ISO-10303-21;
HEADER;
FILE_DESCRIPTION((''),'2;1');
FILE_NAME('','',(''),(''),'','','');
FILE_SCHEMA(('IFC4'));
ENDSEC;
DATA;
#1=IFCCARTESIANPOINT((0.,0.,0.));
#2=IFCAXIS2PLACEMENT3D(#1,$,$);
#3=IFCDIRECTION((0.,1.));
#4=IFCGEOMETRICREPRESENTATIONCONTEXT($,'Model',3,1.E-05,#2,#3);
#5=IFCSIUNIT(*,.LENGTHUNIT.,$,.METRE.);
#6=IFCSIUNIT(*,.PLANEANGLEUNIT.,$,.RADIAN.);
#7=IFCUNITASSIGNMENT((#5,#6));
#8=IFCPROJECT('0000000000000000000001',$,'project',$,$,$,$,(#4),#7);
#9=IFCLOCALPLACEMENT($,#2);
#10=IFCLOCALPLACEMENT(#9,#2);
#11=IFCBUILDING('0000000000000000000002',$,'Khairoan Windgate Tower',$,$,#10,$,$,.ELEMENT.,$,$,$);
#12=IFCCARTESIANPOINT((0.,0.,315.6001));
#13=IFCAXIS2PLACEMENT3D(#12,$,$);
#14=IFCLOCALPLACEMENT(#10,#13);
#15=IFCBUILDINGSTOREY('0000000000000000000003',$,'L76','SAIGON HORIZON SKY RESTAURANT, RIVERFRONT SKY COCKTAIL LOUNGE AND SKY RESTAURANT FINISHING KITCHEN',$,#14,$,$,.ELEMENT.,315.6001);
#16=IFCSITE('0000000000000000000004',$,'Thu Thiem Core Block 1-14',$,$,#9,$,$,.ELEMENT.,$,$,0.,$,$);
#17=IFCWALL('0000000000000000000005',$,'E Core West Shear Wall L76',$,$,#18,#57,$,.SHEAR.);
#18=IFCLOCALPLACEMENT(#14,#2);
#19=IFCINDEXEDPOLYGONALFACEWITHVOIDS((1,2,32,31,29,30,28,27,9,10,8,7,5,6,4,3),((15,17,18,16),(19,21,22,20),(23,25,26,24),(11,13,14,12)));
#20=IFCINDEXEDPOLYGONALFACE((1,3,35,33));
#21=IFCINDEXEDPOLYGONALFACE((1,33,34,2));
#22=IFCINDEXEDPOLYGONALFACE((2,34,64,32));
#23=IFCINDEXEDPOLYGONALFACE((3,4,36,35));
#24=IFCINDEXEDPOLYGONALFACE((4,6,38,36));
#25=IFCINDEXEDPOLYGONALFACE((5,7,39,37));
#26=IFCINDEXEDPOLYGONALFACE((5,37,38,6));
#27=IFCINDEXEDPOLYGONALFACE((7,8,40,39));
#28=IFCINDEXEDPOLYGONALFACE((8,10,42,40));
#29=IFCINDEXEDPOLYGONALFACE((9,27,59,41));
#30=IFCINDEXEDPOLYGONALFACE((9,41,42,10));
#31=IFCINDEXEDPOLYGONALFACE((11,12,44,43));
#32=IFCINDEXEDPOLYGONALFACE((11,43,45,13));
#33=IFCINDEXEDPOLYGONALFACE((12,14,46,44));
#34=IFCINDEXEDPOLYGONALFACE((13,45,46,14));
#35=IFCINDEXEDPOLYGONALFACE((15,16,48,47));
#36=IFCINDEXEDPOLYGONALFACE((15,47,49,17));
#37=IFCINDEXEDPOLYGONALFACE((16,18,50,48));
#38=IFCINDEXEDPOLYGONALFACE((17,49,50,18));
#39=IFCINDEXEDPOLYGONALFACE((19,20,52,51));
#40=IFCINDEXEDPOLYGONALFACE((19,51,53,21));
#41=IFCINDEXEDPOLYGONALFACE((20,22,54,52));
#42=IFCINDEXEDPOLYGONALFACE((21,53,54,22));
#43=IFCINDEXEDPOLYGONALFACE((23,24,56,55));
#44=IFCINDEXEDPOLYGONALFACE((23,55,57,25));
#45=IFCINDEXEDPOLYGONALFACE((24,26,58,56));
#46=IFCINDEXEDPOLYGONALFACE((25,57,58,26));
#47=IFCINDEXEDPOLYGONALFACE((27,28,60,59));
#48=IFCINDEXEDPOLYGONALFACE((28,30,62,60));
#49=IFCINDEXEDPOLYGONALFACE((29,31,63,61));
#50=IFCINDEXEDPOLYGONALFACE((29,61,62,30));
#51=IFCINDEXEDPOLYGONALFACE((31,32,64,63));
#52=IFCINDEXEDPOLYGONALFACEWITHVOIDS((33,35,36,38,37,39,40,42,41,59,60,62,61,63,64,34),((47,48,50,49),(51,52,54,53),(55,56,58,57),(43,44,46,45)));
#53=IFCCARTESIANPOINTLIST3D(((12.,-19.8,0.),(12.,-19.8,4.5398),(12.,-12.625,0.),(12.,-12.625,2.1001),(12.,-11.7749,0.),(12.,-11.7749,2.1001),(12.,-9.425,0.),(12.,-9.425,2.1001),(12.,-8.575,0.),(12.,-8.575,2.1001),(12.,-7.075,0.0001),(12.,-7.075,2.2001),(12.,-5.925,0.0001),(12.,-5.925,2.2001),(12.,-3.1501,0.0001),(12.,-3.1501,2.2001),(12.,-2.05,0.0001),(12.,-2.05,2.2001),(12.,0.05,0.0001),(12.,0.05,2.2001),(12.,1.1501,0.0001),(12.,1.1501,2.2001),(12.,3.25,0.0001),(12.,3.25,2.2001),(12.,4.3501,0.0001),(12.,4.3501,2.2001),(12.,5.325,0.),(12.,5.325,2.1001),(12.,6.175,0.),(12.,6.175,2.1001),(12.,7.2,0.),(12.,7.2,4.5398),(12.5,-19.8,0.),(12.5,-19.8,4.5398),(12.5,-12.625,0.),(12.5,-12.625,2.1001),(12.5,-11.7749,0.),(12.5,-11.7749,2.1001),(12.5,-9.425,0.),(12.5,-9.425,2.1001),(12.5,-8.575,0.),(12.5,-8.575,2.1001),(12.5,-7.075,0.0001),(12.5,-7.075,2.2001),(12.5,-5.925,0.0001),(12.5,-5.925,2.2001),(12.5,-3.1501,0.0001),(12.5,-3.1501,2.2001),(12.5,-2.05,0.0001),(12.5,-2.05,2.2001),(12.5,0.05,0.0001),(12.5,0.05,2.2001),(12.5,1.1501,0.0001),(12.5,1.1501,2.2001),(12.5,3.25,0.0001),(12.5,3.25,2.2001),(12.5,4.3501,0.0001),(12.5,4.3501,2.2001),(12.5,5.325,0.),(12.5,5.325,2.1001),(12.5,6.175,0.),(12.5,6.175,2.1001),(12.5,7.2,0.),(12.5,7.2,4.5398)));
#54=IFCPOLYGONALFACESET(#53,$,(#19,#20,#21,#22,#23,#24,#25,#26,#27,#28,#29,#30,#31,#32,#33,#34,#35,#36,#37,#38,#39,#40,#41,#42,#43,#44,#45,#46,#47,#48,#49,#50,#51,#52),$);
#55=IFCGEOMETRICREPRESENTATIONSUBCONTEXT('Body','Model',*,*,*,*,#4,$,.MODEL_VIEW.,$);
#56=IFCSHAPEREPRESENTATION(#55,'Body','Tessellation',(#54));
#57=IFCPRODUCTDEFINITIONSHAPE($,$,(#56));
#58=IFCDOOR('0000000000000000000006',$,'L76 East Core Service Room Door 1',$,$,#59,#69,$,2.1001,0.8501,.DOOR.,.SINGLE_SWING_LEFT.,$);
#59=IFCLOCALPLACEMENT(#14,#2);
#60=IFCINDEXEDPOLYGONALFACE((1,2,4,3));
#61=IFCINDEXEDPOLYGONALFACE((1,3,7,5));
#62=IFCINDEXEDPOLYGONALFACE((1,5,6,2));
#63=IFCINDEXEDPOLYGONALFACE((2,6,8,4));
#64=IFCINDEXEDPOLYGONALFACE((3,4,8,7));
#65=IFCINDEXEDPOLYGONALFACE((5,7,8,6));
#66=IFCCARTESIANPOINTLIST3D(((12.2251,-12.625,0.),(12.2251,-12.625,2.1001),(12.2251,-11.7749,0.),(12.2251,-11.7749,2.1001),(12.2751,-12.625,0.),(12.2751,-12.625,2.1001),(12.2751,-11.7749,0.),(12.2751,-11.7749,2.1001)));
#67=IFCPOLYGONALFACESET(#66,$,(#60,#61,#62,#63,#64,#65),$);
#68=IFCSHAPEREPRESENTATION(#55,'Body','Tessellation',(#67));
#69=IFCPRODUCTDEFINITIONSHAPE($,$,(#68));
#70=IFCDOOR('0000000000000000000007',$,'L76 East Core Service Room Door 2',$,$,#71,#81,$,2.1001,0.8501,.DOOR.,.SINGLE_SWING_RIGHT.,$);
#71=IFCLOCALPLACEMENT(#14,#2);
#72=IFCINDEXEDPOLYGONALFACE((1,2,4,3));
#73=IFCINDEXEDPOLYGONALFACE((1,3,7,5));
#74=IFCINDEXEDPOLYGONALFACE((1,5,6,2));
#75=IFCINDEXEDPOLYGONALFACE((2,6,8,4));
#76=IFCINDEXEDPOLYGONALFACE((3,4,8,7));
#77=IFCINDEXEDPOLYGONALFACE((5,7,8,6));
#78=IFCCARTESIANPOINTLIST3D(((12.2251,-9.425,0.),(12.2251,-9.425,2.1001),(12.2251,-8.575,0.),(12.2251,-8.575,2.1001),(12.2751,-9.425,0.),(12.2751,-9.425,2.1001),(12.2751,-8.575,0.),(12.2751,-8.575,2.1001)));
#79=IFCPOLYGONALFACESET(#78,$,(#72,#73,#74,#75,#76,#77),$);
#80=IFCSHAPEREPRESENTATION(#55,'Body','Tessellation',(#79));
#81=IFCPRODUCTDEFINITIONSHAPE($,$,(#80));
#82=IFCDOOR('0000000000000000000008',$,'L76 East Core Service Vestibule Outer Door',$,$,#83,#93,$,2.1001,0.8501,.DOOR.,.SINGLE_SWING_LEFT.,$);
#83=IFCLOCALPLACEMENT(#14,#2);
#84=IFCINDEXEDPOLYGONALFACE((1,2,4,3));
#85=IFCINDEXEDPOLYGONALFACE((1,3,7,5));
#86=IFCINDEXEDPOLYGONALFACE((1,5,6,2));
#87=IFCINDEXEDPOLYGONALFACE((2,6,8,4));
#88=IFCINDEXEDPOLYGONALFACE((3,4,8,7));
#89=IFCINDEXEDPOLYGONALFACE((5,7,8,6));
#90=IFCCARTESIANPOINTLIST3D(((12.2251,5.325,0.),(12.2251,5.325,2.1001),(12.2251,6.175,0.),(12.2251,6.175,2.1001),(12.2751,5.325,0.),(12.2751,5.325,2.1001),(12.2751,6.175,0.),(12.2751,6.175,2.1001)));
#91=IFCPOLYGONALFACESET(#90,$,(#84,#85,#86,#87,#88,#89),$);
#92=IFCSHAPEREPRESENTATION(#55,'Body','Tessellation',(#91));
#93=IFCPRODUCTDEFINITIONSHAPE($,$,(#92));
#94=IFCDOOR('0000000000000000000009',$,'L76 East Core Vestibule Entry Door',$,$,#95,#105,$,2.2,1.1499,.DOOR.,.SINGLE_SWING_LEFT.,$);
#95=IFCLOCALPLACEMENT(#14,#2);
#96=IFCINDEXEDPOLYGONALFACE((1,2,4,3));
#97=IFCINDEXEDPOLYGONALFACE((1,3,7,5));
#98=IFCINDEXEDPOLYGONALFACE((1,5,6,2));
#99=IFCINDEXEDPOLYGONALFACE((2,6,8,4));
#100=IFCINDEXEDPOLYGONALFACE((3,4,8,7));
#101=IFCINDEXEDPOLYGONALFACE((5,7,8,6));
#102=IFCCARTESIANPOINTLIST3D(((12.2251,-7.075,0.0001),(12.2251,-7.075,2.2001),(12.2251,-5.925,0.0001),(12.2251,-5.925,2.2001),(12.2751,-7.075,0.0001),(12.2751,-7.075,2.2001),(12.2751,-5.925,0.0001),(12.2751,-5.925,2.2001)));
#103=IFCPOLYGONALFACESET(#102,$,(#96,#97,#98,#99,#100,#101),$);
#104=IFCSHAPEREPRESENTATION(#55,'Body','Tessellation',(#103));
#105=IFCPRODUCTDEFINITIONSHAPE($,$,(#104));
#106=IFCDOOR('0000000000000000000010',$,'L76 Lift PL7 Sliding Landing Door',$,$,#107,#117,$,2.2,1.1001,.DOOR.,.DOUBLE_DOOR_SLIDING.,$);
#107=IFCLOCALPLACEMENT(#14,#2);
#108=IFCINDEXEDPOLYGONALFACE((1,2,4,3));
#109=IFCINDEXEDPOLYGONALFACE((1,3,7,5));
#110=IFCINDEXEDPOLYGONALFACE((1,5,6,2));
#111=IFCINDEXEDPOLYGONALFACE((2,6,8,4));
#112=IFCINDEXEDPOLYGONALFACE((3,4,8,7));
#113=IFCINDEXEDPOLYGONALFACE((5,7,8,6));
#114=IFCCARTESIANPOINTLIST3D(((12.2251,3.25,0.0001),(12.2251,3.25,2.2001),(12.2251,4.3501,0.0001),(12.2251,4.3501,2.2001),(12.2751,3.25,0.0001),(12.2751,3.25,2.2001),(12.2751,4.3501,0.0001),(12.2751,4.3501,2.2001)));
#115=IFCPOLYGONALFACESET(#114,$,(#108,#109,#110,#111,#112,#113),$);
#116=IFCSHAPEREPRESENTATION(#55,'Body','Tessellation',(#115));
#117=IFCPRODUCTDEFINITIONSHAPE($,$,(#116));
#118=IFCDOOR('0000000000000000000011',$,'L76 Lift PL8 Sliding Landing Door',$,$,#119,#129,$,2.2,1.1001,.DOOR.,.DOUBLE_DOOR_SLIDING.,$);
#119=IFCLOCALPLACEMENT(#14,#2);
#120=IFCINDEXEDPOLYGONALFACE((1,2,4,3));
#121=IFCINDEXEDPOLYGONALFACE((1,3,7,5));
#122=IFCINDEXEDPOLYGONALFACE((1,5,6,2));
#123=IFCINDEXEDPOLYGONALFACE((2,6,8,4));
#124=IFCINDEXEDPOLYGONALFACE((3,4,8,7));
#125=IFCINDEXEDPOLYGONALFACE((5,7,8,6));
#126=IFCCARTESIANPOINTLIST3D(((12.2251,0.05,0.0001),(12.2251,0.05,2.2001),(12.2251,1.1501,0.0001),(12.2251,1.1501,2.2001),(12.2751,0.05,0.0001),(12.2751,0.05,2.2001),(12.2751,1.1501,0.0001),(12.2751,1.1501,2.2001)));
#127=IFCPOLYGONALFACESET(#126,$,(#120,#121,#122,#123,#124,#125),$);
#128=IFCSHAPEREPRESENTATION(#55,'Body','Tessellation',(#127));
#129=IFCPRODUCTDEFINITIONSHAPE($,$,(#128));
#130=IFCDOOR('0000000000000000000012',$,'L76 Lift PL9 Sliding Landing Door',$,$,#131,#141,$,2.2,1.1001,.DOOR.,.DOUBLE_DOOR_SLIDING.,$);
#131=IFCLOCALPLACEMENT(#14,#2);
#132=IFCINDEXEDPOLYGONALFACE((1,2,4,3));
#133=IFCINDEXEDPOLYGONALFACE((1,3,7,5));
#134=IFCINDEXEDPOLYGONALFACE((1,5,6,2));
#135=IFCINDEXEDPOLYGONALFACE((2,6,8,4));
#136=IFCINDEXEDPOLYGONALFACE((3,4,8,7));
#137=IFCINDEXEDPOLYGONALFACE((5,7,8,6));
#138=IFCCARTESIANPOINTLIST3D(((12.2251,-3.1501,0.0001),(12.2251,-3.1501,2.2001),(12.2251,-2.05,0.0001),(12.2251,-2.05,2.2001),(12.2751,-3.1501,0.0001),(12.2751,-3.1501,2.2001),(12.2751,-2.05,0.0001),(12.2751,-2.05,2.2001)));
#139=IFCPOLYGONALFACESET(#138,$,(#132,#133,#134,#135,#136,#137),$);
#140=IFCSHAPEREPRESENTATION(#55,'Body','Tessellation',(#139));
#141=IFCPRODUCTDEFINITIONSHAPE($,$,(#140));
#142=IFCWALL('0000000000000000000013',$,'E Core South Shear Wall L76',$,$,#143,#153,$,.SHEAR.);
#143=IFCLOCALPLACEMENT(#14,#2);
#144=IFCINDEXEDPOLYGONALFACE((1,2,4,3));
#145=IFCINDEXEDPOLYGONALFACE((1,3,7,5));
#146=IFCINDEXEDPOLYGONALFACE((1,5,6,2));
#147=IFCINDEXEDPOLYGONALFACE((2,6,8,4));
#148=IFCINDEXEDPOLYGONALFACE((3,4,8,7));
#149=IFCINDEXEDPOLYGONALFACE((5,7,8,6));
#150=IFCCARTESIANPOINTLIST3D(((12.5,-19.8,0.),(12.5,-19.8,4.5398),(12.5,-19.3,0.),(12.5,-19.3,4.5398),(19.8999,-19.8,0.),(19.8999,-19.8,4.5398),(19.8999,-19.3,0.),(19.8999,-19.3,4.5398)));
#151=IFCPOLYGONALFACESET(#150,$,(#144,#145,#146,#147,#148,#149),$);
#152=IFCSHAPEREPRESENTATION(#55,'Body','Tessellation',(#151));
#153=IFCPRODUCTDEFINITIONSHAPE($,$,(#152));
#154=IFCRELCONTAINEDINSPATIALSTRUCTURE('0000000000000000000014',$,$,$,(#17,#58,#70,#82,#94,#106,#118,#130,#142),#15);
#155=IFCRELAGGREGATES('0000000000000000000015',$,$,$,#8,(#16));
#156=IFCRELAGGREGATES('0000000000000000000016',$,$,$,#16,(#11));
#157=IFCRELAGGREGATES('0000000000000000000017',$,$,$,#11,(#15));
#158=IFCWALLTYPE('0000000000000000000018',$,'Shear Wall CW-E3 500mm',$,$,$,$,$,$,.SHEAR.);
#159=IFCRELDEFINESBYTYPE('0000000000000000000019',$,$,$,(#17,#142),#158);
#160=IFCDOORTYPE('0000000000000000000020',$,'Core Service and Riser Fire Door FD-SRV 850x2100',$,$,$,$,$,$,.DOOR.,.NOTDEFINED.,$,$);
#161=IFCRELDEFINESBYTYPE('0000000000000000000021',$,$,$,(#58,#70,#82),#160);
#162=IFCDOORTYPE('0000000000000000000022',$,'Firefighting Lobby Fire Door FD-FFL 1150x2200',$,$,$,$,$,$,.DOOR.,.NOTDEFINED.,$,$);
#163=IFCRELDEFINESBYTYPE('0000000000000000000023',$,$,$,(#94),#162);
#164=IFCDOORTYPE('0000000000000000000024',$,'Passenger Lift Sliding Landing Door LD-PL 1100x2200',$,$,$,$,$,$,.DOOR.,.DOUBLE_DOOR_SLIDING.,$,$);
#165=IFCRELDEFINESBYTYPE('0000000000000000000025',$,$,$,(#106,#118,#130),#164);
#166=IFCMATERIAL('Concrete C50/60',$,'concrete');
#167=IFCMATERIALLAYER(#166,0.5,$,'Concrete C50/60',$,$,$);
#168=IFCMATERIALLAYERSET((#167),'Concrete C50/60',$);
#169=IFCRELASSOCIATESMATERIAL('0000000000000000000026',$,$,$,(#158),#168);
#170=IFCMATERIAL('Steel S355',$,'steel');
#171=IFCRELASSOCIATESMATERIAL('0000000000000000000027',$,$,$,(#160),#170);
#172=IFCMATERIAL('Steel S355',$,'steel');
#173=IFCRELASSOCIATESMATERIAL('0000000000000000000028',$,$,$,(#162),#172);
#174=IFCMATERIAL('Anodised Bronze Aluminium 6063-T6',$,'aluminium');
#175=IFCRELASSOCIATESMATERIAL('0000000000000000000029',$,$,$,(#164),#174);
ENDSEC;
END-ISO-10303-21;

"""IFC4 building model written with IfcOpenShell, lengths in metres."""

from ifc_helpers import new_model, si_unit, direction, frame, frame_2d, origin, place, context, subcontext, project, spatial, rectangle, extrude, material, layer, layer_set, type_object, element, fill, save


model = new_model("IFC4")

# Units and contexts
model_context = context("Model", 3, precision=1e-05, world=origin(), true_north=direction((0.0, 1.0)))
body_context = subcontext(model_context, "Body", "Model", "MODEL_VIEW")
ifc_project = project(units=[si_unit("LENGTHUNIT", "METRE"), si_unit("PLANEANGLEUNIT", "RADIAN")], contexts=[model_context])

# Site, building, storey
site_placement = place(None, origin())
site = spatial("IfcSite", under=ifc_project, at=site_placement, Name="Thu Thiem Core Block 1-14", CompositionType="ELEMENT", RefElevation=0.0)
building_placement = place(site_placement, origin())
building = spatial("IfcBuilding", under=site, at=building_placement, Name="Khairoan Windgate Tower", CompositionType="ELEMENT")
storey_placement = place(building_placement, frame((0.0, 0.0, 315.6001)))
storey = spatial("IfcBuildingStorey", under=building, at=storey_placement, Name="L76", Description="SAIGON HORIZON SKY RESTAURANT, RIVERFRONT SKY COCKTAIL LOUNGE AND SKY RESTAURANT FINISHING KITCHEN", CompositionType="ELEMENT", Elevation=315.6001)

# Wall, openings, doors
ifc_material_1 = material(Name="Concrete C50/60", Category="concrete")
ifc_layer_1 = layer(ifc_material_1, 0.5, Name="Concrete C50/60")
ifc_layer_set_1 = layer_set([ifc_layer_1], Name="Concrete C50/60")
wall_type_1 = type_object("IfcWallType", Name="Shear Wall CW-E3 500mm", PredefinedType="SHEAR", material=ifc_layer_set_1)
wall_1_placement = place(storey_placement, frame((12.25, -19.8, 0.0), z_axis=(0.0, 0.0, 1.0), x_axis=(0.0, 1.0, 0.0)))
wall_1 = element("IfcWall", 1, at=wall_1_placement, inside=storey, type_object=wall_type_1, Name="E Core West Shear Wall L76", PredefinedType="SHEAR", context=body_context, shape_type="SweptSolid", body=[
    extrude(rectangle(XDim=27.0, YDim=0.5, at=frame_2d((13.5, 0.0))), origin(), (0.0, 0.0, 1.0), 4.5398),
])
opening_1_placement = place(wall_1_placement, frame((23.05, 0.0, 0.0)))
opening_1 = element("IfcOpeningElement", 2, at=opening_1_placement, cuts=wall_1, PredefinedType="OPENING", context=body_context, shape_type="SweptSolid", body=[
    extrude(rectangle(XDim=1.1001, YDim=2.2, at=frame_2d((0.55, 1.1001))), frame((0.0, 0.26, 0.0), z_axis=(0.0, -1.0, 0.0), x_axis=(1.0, 0.0, 0.0)), (0.0, 0.0, 1.0), 0.52),
])
opening_2_placement = place(wall_1_placement, frame((19.8501, 0.0, 0.0)))
opening_2 = element("IfcOpeningElement", 3, at=opening_2_placement, cuts=wall_1, PredefinedType="OPENING", context=body_context, shape_type="SweptSolid", body=[
    extrude(rectangle(XDim=1.1001, YDim=2.2, at=frame_2d((0.55, 1.1001))), frame((0.0, 0.26, 0.0), z_axis=(0.0, -1.0, 0.0), x_axis=(1.0, 0.0, 0.0)), (0.0, 0.0, 1.0), 0.52),
])
opening_3_placement = place(wall_1_placement, frame((16.6499, 0.0, 0.0)))
opening_3 = element("IfcOpeningElement", 4, at=opening_3_placement, cuts=wall_1, PredefinedType="OPENING", context=body_context, shape_type="SweptSolid", body=[
    extrude(rectangle(XDim=1.1001, YDim=2.2, at=frame_2d((0.55, 1.1001))), frame((0.0, 0.26, 0.0), z_axis=(0.0, -1.0, 0.0), x_axis=(1.0, 0.0, 0.0)), (0.0, 0.0, 1.0), 0.52),
])
opening_4_placement = place(wall_1_placement, frame((7.175, 0.0, 0.0)))
opening_4 = element("IfcOpeningElement", 5, at=opening_4_placement, cuts=wall_1, PredefinedType="OPENING", context=body_context, shape_type="SweptSolid", body=[
    extrude(rectangle(XDim=0.8501, YDim=2.1001, at=frame_2d((0.425, 1.05))), frame((0.0, 0.26, 0.0), z_axis=(0.0, -1.0, 0.0), x_axis=(1.0, 0.0, 0.0)), (0.0, 0.0, 1.0), 0.52),
])
opening_5_placement = place(wall_1_placement, frame((10.375, 0.0, 0.0)))
opening_5 = element("IfcOpeningElement", 6, at=opening_5_placement, cuts=wall_1, PredefinedType="OPENING", context=body_context, shape_type="SweptSolid", body=[
    extrude(rectangle(XDim=0.8501, YDim=2.1001, at=frame_2d((0.425, 1.05))), frame((0.0, 0.26, 0.0), z_axis=(0.0, -1.0, 0.0), x_axis=(1.0, 0.0, 0.0)), (0.0, 0.0, 1.0), 0.52),
])
opening_6_placement = place(wall_1_placement, frame((12.7251, 0.0, 0.0)))
opening_6 = element("IfcOpeningElement", 7, at=opening_6_placement, cuts=wall_1, PredefinedType="OPENING", context=body_context, shape_type="SweptSolid", body=[
    extrude(rectangle(XDim=1.1499, YDim=2.2, at=frame_2d((0.575, 1.1001))), frame((0.0, 0.26, 0.0), z_axis=(0.0, -1.0, 0.0), x_axis=(1.0, 0.0, 0.0)), (0.0, 0.0, 1.0), 0.52),
])
opening_7_placement = place(wall_1_placement, frame((25.125, 0.0, 0.0)))
opening_7 = element("IfcOpeningElement", 8, at=opening_7_placement, cuts=wall_1, PredefinedType="OPENING", context=body_context, shape_type="SweptSolid", body=[
    extrude(rectangle(XDim=0.8501, YDim=2.1001, at=frame_2d((0.425, 1.05))), frame((0.0, 0.26, 0.0), z_axis=(0.0, -1.0, 0.0), x_axis=(1.0, 0.0, 0.0)), (0.0, 0.0, 1.0), 0.52),
])
ifc_material_2 = material(Name="Steel S355", Category="steel")
door_type_1 = type_object("IfcDoorType", Name="Core Service and Riser Fire Door FD-SRV 850x2100", OperationType="NOTDEFINED", PredefinedType="DOOR", material=ifc_material_2)
door_1_placement = place(opening_4_placement, origin())
door_1 = element("IfcDoor", 9, at=door_1_placement, inside=storey, type_object=door_type_1, Name="L76 East Core Service Room Door 1", OperationType="SINGLE_SWING_LEFT", OverallHeight=2.1001, OverallWidth=0.8501, PredefinedType="DOOR", context=body_context, shape_type="SweptSolid", body=[
    extrude(rectangle(XDim=0.8501, YDim=2.1001, at=frame_2d((0.425, 1.05))), frame((0.0, 0.0249, 0.0), z_axis=(0.0, -1.0, 0.0), x_axis=(1.0, 0.0, 0.0)), (0.0, 0.0, 1.0), 0.05),
])
fill(opening_4, door_1)
door_2_placement = place(opening_5_placement, origin())
door_2 = element("IfcDoor", 10, at=door_2_placement, inside=storey, type_object=door_type_1, Name="L76 East Core Service Room Door 2", OperationType="SINGLE_SWING_RIGHT", OverallHeight=2.1001, OverallWidth=0.8501, PredefinedType="DOOR", context=body_context, shape_type="SweptSolid", body=[
    extrude(rectangle(XDim=0.8501, YDim=2.1001, at=frame_2d((0.425, 1.05))), frame((0.0, 0.0249, 0.0), z_axis=(0.0, -1.0, 0.0), x_axis=(1.0, 0.0, 0.0)), (0.0, 0.0, 1.0), 0.05),
])
fill(opening_5, door_2)
door_3_placement = place(opening_7_placement, origin())
door_3 = element("IfcDoor", 11, at=door_3_placement, inside=storey, type_object=door_type_1, Name="L76 East Core Service Vestibule Outer Door", OperationType="SINGLE_SWING_LEFT", OverallHeight=2.1001, OverallWidth=0.8501, PredefinedType="DOOR", context=body_context, shape_type="SweptSolid", body=[
    extrude(rectangle(XDim=0.8501, YDim=2.1001, at=frame_2d((0.425, 1.05))), frame((0.0, 0.0249, 0.0), z_axis=(0.0, -1.0, 0.0), x_axis=(1.0, 0.0, 0.0)), (0.0, 0.0, 1.0), 0.05),
])
fill(opening_7, door_3)
ifc_material_3 = material(Name="Steel S355", Category="steel")
door_type_2 = type_object("IfcDoorType", Name="Firefighting Lobby Fire Door FD-FFL 1150x2200", OperationType="NOTDEFINED", PredefinedType="DOOR", material=ifc_material_3)
door_4_placement = place(opening_6_placement, origin())
door_4 = element("IfcDoor", 12, at=door_4_placement, inside=storey, type_object=door_type_2, Name="L76 East Core Vestibule Entry Door", OperationType="SINGLE_SWING_LEFT", OverallHeight=2.2, OverallWidth=1.1499, PredefinedType="DOOR", context=body_context, shape_type="SweptSolid", body=[
    extrude(rectangle(XDim=1.1499, YDim=2.2, at=frame_2d((0.575, 1.1001))), frame((0.0, 0.0249, 0.0), z_axis=(0.0, -1.0, 0.0), x_axis=(1.0, 0.0, 0.0)), (0.0, 0.0, 1.0), 0.05),
])
fill(opening_6, door_4)
ifc_material_4 = material(Name="Anodised Bronze Aluminium 6063-T6", Category="aluminium")
door_type_3 = type_object("IfcDoorType", Name="Passenger Lift Sliding Landing Door LD-PL 1100x2200", OperationType="DOUBLE_DOOR_SLIDING", PredefinedType="DOOR", material=ifc_material_4)
door_5_placement = place(opening_1_placement, origin())
door_5 = element("IfcDoor", 13, at=door_5_placement, inside=storey, type_object=door_type_3, Name="L76 Lift PL7 Sliding Landing Door", OperationType="DOUBLE_DOOR_SLIDING", OverallHeight=2.2, OverallWidth=1.1001, PredefinedType="DOOR", context=body_context, shape_type="SweptSolid", body=[
    extrude(rectangle(XDim=1.1001, YDim=2.2, at=frame_2d((0.55, 1.1001))), frame((0.0, 0.0249, 0.0), z_axis=(0.0, -1.0, 0.0), x_axis=(1.0, 0.0, 0.0)), (0.0, 0.0, 1.0), 0.05),
])
fill(opening_1, door_5)
door_6_placement = place(opening_2_placement, origin())
door_6 = element("IfcDoor", 14, at=door_6_placement, inside=storey, type_object=door_type_3, Name="L76 Lift PL8 Sliding Landing Door", OperationType="DOUBLE_DOOR_SLIDING", OverallHeight=2.2, OverallWidth=1.1001, PredefinedType="DOOR", context=body_context, shape_type="SweptSolid", body=[
    extrude(rectangle(XDim=1.1001, YDim=2.2, at=frame_2d((0.55, 1.1001))), frame((0.0, 0.0249, 0.0), z_axis=(0.0, -1.0, 0.0), x_axis=(1.0, 0.0, 0.0)), (0.0, 0.0, 1.0), 0.05),
])
fill(opening_2, door_6)
door_7_placement = place(opening_3_placement, origin())
door_7 = element("IfcDoor", 15, at=door_7_placement, inside=storey, type_object=door_type_3, Name="L76 Lift PL9 Sliding Landing Door", OperationType="DOUBLE_DOOR_SLIDING", OverallHeight=2.2, OverallWidth=1.1001, PredefinedType="DOOR", context=body_context, shape_type="SweptSolid", body=[
    extrude(rectangle(XDim=1.1001, YDim=2.2, at=frame_2d((0.55, 1.1001))), frame((0.0, 0.0249, 0.0), z_axis=(0.0, -1.0, 0.0), x_axis=(1.0, 0.0, 0.0)), (0.0, 0.0, 1.0), 0.05),
])
fill(opening_3, door_7)

# Wall
wall_2_placement = place(storey_placement, frame((12.5, -19.55, 0.0), z_axis=(0.0, 0.0, 1.0), x_axis=(1.0, 0.0, 0.0)))
element("IfcWall", 16, at=wall_2_placement, inside=storey, type_object=wall_type_1, Name="E Core South Shear Wall L76", PredefinedType="SHEAR", context=body_context, shape_type="SweptSolid", body=[
    extrude(rectangle(XDim=7.3999, YDim=0.5, at=frame_2d((3.7, 0.0))), origin(), (0.0, 0.0, 1.0), 4.5398),
])

save(model, "model.ifc")
